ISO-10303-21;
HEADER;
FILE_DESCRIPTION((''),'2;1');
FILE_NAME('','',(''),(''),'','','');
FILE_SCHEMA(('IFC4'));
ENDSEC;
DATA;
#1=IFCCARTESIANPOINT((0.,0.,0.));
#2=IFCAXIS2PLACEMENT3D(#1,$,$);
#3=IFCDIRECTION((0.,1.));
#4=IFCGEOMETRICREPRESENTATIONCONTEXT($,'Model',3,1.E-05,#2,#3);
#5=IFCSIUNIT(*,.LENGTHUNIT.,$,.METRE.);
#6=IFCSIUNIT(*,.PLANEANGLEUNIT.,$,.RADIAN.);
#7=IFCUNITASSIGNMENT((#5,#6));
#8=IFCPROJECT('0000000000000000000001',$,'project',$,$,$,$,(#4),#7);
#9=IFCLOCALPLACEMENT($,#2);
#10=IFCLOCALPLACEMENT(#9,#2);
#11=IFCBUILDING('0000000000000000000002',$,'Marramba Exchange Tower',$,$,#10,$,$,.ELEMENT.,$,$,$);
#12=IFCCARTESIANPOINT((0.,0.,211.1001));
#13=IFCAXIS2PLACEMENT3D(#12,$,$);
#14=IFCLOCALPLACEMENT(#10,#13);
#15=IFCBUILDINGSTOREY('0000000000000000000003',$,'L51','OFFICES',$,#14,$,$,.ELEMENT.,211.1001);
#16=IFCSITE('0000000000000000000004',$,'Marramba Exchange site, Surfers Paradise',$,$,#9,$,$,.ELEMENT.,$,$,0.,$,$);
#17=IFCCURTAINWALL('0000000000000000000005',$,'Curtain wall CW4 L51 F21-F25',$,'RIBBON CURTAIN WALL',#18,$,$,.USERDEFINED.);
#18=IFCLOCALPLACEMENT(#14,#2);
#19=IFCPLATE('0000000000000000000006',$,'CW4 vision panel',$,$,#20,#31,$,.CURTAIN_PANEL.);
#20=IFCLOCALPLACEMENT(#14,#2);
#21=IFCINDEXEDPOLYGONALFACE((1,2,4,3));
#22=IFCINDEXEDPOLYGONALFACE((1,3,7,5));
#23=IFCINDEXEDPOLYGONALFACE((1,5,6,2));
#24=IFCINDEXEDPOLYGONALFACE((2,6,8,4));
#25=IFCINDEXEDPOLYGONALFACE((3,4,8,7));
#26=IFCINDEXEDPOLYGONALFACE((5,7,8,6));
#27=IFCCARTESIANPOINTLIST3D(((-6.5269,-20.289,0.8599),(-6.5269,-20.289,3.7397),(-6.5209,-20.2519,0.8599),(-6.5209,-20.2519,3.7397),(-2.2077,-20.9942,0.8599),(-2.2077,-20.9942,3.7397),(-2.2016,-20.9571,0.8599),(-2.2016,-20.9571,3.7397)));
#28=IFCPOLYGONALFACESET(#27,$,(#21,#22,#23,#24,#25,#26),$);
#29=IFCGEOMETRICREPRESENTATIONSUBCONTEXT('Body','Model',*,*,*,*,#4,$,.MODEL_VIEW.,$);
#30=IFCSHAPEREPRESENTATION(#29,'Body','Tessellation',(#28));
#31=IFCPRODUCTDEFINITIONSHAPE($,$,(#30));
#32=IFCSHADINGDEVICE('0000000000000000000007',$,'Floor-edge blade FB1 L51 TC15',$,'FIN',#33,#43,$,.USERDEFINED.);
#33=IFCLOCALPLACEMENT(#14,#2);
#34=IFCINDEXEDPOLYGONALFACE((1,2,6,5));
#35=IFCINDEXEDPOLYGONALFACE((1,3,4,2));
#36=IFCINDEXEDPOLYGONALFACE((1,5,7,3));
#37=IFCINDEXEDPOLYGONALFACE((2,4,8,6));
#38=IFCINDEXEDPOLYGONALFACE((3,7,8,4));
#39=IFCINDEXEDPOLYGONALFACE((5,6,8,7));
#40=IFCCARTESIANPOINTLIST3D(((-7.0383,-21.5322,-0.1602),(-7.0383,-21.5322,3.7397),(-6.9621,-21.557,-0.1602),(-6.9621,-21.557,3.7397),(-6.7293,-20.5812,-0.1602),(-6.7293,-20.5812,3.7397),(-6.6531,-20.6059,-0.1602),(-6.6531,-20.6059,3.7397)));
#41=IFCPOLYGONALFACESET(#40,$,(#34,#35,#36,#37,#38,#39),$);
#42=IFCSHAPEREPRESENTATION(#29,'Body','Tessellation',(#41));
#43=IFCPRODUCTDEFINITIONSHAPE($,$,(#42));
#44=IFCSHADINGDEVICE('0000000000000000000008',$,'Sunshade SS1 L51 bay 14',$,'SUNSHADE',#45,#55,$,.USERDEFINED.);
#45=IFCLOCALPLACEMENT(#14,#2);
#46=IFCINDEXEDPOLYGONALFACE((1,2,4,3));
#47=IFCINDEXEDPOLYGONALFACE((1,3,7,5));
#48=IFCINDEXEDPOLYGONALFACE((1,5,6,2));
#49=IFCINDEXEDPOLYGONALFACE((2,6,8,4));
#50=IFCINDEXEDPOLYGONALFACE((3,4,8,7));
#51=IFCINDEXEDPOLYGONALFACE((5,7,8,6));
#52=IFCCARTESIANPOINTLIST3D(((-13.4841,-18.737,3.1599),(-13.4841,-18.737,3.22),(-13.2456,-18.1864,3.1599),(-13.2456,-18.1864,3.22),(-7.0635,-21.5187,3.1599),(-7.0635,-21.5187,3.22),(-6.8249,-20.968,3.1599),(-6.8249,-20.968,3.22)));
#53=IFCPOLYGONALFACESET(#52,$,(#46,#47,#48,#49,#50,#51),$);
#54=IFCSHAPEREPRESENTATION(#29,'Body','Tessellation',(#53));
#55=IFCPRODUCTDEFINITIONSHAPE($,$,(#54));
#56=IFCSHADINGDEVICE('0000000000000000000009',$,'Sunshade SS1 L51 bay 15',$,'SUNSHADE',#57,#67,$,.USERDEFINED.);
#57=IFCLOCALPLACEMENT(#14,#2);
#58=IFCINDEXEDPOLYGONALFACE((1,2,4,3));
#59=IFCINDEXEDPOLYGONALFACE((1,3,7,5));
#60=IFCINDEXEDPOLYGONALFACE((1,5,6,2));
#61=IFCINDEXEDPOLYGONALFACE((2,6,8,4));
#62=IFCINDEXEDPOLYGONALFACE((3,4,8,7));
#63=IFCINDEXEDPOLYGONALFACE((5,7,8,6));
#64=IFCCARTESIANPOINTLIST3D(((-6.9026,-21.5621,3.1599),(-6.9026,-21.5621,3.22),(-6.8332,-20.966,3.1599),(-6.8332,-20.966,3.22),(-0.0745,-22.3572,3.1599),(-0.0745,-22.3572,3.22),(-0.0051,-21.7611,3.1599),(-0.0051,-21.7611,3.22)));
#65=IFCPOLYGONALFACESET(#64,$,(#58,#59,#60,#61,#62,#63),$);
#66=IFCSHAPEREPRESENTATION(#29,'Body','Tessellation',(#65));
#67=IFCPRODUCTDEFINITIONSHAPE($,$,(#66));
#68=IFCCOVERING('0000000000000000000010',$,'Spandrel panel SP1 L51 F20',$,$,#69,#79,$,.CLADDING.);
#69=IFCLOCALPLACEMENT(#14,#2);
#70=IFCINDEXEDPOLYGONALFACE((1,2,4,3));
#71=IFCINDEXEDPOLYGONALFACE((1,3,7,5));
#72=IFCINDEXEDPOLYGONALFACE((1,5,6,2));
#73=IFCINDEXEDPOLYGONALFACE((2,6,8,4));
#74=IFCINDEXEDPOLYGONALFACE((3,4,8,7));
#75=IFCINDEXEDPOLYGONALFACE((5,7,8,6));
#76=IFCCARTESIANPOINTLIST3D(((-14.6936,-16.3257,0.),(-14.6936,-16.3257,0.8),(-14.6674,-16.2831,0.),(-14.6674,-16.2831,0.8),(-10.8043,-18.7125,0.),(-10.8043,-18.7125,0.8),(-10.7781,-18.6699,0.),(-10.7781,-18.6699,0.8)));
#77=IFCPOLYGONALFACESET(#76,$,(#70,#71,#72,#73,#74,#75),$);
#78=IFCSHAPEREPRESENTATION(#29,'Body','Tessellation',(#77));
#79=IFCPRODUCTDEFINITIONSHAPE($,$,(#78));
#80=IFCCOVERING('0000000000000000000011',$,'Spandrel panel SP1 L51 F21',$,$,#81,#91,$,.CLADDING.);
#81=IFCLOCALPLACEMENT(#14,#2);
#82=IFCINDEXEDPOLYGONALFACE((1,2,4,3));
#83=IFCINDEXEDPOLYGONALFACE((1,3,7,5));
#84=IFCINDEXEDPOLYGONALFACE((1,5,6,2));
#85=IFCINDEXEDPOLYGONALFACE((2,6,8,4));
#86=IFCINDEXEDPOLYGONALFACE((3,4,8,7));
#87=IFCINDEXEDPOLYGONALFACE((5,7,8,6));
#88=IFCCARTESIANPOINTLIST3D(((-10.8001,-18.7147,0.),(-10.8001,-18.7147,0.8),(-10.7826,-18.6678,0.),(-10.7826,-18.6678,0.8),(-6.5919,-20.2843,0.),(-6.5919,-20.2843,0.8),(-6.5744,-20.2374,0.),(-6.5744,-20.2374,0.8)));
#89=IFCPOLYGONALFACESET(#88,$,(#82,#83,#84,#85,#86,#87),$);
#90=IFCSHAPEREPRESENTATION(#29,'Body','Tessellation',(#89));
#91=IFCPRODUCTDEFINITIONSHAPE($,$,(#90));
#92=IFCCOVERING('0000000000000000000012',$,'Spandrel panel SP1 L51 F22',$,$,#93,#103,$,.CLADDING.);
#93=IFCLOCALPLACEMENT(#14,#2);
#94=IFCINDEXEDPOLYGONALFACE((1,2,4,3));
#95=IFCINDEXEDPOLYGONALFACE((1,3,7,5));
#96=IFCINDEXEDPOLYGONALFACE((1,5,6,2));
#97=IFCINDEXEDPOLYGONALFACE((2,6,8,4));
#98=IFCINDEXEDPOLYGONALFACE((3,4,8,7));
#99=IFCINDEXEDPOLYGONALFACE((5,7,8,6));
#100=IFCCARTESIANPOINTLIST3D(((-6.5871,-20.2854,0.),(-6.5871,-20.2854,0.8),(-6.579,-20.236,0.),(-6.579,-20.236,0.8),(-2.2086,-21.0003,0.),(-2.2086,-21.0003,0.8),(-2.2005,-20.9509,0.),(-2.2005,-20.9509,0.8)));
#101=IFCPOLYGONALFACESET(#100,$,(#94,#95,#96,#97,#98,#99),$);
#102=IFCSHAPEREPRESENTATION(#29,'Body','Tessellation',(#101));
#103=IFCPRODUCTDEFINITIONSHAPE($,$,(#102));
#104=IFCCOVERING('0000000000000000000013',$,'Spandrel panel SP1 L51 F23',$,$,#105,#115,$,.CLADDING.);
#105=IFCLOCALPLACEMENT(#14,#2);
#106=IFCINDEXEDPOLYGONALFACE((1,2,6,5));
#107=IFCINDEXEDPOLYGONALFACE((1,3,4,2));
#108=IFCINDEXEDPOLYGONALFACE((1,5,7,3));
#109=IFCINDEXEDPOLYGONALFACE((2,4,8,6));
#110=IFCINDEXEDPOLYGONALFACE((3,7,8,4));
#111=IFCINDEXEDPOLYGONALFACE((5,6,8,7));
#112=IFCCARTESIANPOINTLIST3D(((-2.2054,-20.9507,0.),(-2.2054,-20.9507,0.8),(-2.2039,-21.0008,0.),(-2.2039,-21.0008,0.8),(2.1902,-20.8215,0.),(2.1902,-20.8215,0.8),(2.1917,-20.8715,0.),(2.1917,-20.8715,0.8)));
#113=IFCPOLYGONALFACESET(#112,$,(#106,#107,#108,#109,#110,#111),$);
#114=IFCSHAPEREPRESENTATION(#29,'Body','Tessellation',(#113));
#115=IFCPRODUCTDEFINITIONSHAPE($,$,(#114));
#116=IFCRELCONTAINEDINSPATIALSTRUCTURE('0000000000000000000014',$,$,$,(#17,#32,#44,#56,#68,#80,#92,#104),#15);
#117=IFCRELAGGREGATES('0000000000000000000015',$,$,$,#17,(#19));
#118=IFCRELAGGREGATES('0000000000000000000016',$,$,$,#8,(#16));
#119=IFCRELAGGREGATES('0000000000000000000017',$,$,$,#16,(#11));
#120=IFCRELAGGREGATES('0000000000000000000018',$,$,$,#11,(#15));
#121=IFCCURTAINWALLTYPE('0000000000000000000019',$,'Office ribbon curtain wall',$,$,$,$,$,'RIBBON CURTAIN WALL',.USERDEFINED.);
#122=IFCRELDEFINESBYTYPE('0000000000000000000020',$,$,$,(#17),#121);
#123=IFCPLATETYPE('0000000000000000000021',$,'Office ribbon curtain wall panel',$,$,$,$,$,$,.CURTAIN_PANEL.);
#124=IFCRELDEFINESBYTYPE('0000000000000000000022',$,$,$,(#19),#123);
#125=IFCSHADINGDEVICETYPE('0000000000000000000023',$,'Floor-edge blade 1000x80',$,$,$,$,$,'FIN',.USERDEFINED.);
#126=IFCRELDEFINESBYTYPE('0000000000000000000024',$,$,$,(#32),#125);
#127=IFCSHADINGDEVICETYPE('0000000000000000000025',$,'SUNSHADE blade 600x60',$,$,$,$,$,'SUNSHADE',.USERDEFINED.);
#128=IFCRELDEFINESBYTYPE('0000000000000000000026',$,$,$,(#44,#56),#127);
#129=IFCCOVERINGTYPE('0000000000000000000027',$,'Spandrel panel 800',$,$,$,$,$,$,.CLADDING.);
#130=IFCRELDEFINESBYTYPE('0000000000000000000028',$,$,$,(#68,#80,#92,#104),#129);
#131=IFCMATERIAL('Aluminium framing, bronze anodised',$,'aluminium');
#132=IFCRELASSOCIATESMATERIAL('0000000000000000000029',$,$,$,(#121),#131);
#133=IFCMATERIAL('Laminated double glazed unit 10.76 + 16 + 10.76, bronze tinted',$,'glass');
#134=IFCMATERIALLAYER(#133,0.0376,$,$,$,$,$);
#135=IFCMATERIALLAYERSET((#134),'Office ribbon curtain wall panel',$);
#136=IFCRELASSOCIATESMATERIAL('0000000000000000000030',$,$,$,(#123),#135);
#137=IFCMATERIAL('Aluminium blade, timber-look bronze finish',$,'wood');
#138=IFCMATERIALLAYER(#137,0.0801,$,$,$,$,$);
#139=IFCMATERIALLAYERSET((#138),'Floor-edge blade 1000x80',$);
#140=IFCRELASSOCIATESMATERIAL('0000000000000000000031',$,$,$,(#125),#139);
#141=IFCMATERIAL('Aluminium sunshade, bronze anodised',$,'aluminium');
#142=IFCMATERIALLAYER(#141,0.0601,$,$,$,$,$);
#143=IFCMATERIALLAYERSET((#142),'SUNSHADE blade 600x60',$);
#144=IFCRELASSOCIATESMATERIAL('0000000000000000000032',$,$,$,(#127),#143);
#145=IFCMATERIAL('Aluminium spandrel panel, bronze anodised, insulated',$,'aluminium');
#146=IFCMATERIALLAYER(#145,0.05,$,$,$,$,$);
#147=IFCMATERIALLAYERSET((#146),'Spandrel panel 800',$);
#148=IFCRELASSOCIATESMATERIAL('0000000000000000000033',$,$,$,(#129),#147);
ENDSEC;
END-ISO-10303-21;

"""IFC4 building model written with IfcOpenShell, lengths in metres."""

from ifc_helpers import new_model, si_unit, direction, frame, origin, origin_2d, place, context, subcontext, project, spatial, rectangle, extrude, material, layer, layer_set, type_object, element, aggregate, save


model = new_model("IFC4")

# Units and contexts
model_context = context("Model", 3, precision=1e-05, world=origin(), true_north=direction((0.0, 1.0)))
body_context = subcontext(model_context, "Body", "Model", "MODEL_VIEW")
ifc_project = project(units=[si_unit("LENGTHUNIT", "METRE"), si_unit("PLANEANGLEUNIT", "RADIAN")], contexts=[model_context])

# Site, building, storey
site_placement = place(None, origin())
site = spatial("IfcSite", under=ifc_project, at=site_placement, Name="Marramba Exchange site, Surfers Paradise", CompositionType="ELEMENT", RefElevation=0.0)
building_placement = place(site_placement, origin())
building = spatial("IfcBuilding", under=site, at=building_placement, Name="Marramba Exchange Tower", CompositionType="ELEMENT")
storey_placement = place(building_placement, frame((0.0, 0.0, 211.1001)))
storey = spatial("IfcBuildingStorey", under=building, at=storey_placement, Name="L51", Description="OFFICES", CompositionType="ELEMENT", Elevation=211.1001)

# Curtain wall
ifc_material_1 = material(Name="Aluminium framing, bronze anodised", Category="aluminium")
curtain_wall_type = type_object("IfcCurtainWallType", Name="Office ribbon curtain wall", ElementType="RIBBON CURTAIN WALL", PredefinedType="USERDEFINED", material=ifc_material_1)
curtain_wall_1_placement = place(storey_placement, origin())
curtain_wall_1 = element("IfcCurtainWall", 1, at=curtain_wall_1_placement, inside=storey, type_object=curtain_wall_type, Name="Curtain wall CW4 L51 F21-F25", ObjectType="RIBBON CURTAIN WALL", PredefinedType="USERDEFINED")

# Shared definitions
ifc_material_2 = material(Name="Laminated double glazed unit 10.76 + 16 + 10.76, bronze tinted", Category="glass")
ifc_layer_1 = layer(ifc_material_2, 0.0376)
ifc_layer_set_1 = layer_set([ifc_layer_1], Name="Office ribbon curtain wall panel")
plate_type = type_object("IfcPlateType", Name="Office ribbon curtain wall panel", PredefinedType="CURTAIN_PANEL", material=ifc_layer_set_1)

# Plate
plate_1_placement = place(storey_placement, frame((-4.3643, -20.623, 0.8599), z_axis=(0.0, 0.0, 1.0), x_axis=(0.986931, -0.161146, 0.0)))
plate_1 = element("IfcPlate", 2, at=plate_1_placement, type_object=plate_type, Name="CW4 vision panel", PredefinedType="CURTAIN_PANEL", context=body_context, shape_type="SweptSolid", body=[
    extrude(rectangle(XDim=4.3765, YDim=0.0376, at=origin_2d()), origin(), (0.0, 0.0, 1.0), 2.8799),
])
aggregate(curtain_wall_1, [plate_1])

# Shading devices
ifc_material_3 = material(Name="Aluminium blade, timber-look bronze finish", Category="wood")
ifc_layer_2 = layer(ifc_material_3, 0.0801)
ifc_layer_set_2 = layer_set([ifc_layer_2], Name="Floor-edge blade 1000x80")
shading_device_type_1 = type_object("IfcShadingDeviceType", Name="Floor-edge blade 1000x80", ElementType="FIN", PredefinedType="USERDEFINED", material=ifc_layer_set_2)
shading_device_1_placement = place(storey_placement, frame((-6.8457, -21.0691, -0.1602), z_axis=(0.0, 0.0, 1.0), x_axis=(-0.309017, -0.951057, 0.0)))
element("IfcShadingDevice", 3, at=shading_device_1_placement, inside=storey, type_object=shading_device_type_1, Name="Floor-edge blade FB1 L51 TC15", ObjectType="FIN", PredefinedType="USERDEFINED", context=body_context, shape_type="SweptSolid", body=[
    extrude(rectangle(XDim=1.0, YDim=0.0801, at=origin_2d()), origin(), (0.0, 0.0, 1.0), 3.8999),
])
ifc_material_4 = material(Name="Aluminium sunshade, bronze anodised", Category="aluminium")
ifc_layer_3 = layer(ifc_material_4, 0.0601)
ifc_layer_set_3 = layer_set([ifc_layer_3], Name="SUNSHADE blade 600x60")
shading_device_type_2 = type_object("IfcShadingDeviceType", Name="SUNSHADE blade 600x60", ElementType="SUNSHADE", PredefinedType="USERDEFINED", material=ifc_layer_set_3)
shading_device_2_placement = place(storey_placement, frame((-10.1545, -19.8525, 3.1599), z_axis=(0.0, 0.0, 1.0), x_axis=(0.917589, -0.39753, 0.0)))
element("IfcShadingDevice", 4, at=shading_device_2_placement, inside=storey, type_object=shading_device_type_2, Name="Sunshade SS1 L51 bay 14", ObjectType="SUNSHADE", PredefinedType="USERDEFINED", context=body_context, shape_type="SweptSolid", body=[
    extrude(rectangle(XDim=6.9973, YDim=0.6001, at=origin_2d()), origin(), (0.0, 0.0, 1.0), 0.0601),
])
shading_device_3_placement = place(storey_placement, frame((-3.4539, -21.6616, 3.1599), z_axis=(0.0, 0.0, 1.0), x_axis=(0.993288, -0.115665, 0.0)))
element("IfcShadingDevice", 5, at=shading_device_3_placement, inside=storey, type_object=shading_device_type_2, Name="Sunshade SS1 L51 bay 15", ObjectType="SUNSHADE", PredefinedType="USERDEFINED", context=body_context, shape_type="SweptSolid", body=[
    extrude(rectangle(XDim=6.8743, YDim=0.6001, at=origin_2d()), origin(), (0.0, 0.0, 1.0), 0.0601),
])

# Coverings
ifc_material_5 = material(Name="Aluminium spandrel panel, bronze anodised, insulated", Category="aluminium")
ifc_layer_4 = layer(ifc_material_5, 0.05)
ifc_layer_set_4 = layer_set([ifc_layer_4], Name="Spandrel panel 800")
covering_type = type_object("IfcCoveringType", Name="Spandrel panel 800", PredefinedType="CLADDING", material=ifc_layer_set_4)
covering_1_placement = place(storey_placement, frame((-12.7358, -17.4978, 0.0), z_axis=(0.0, 0.0, 1.0), x_axis=(0.852301, -0.523052, 0.0)))
element("IfcCovering", 6, at=covering_1_placement, inside=storey, type_object=covering_type, Name="Spandrel panel SP1 L51 F20", PredefinedType="CLADDING", context=body_context, shape_type="SweptSolid", body=[
    extrude(rectangle(XDim=4.5632, YDim=0.05, at=origin_2d()), origin(), (0.0, 0.0, 1.0), 0.8),
])
covering_2_placement = place(storey_placement, frame((-8.6873, -19.4761, 0.0), z_axis=(0.0, 0.0, 1.0), x_axis=(0.936952, -0.349459, 0.0)))
element("IfcCovering", 7, at=covering_2_placement, inside=storey, type_object=covering_type, Name="Spandrel panel SP1 L51 F21", PredefinedType="CLADDING", context=body_context, shape_type="SweptSolid", body=[
    extrude(rectangle(XDim=4.4915, YDim=0.05, at=origin_2d()), origin(), (0.0, 0.0, 1.0), 0.8),
])
covering_3_placement = place(storey_placement, frame((-4.3938, -20.6182, 0.0), z_axis=(0.0, 0.0, 1.0), x_axis=(0.986931, -0.161146, 0.0)))
element("IfcCovering", 8, at=covering_3_placement, inside=storey, type_object=covering_type, Name="Spandrel panel SP1 L51 F22", PredefinedType="CLADDING", context=body_context, shape_type="SweptSolid", body=[
    extrude(rectangle(XDim=4.4365, YDim=0.05, at=origin_2d()), origin(), (0.0, 0.0, 1.0), 0.8),
])
covering_4_placement = place(storey_placement, frame((-0.0068, -20.9111, 0.0), z_axis=(0.0, 0.0, 1.0), x_axis=(0.999568, 0.029393, 0.0)))
element("IfcCovering", 9, at=covering_4_placement, inside=storey, type_object=covering_type, Name="Spandrel panel SP1 L51 F23", PredefinedType="CLADDING", context=body_context, shape_type="SweptSolid", body=[
    extrude(rectangle(XDim=4.3975, YDim=0.05, at=origin_2d()), origin(), (0.0, 0.0, 1.0), 0.8),
])

save(model, "model.ifc")
